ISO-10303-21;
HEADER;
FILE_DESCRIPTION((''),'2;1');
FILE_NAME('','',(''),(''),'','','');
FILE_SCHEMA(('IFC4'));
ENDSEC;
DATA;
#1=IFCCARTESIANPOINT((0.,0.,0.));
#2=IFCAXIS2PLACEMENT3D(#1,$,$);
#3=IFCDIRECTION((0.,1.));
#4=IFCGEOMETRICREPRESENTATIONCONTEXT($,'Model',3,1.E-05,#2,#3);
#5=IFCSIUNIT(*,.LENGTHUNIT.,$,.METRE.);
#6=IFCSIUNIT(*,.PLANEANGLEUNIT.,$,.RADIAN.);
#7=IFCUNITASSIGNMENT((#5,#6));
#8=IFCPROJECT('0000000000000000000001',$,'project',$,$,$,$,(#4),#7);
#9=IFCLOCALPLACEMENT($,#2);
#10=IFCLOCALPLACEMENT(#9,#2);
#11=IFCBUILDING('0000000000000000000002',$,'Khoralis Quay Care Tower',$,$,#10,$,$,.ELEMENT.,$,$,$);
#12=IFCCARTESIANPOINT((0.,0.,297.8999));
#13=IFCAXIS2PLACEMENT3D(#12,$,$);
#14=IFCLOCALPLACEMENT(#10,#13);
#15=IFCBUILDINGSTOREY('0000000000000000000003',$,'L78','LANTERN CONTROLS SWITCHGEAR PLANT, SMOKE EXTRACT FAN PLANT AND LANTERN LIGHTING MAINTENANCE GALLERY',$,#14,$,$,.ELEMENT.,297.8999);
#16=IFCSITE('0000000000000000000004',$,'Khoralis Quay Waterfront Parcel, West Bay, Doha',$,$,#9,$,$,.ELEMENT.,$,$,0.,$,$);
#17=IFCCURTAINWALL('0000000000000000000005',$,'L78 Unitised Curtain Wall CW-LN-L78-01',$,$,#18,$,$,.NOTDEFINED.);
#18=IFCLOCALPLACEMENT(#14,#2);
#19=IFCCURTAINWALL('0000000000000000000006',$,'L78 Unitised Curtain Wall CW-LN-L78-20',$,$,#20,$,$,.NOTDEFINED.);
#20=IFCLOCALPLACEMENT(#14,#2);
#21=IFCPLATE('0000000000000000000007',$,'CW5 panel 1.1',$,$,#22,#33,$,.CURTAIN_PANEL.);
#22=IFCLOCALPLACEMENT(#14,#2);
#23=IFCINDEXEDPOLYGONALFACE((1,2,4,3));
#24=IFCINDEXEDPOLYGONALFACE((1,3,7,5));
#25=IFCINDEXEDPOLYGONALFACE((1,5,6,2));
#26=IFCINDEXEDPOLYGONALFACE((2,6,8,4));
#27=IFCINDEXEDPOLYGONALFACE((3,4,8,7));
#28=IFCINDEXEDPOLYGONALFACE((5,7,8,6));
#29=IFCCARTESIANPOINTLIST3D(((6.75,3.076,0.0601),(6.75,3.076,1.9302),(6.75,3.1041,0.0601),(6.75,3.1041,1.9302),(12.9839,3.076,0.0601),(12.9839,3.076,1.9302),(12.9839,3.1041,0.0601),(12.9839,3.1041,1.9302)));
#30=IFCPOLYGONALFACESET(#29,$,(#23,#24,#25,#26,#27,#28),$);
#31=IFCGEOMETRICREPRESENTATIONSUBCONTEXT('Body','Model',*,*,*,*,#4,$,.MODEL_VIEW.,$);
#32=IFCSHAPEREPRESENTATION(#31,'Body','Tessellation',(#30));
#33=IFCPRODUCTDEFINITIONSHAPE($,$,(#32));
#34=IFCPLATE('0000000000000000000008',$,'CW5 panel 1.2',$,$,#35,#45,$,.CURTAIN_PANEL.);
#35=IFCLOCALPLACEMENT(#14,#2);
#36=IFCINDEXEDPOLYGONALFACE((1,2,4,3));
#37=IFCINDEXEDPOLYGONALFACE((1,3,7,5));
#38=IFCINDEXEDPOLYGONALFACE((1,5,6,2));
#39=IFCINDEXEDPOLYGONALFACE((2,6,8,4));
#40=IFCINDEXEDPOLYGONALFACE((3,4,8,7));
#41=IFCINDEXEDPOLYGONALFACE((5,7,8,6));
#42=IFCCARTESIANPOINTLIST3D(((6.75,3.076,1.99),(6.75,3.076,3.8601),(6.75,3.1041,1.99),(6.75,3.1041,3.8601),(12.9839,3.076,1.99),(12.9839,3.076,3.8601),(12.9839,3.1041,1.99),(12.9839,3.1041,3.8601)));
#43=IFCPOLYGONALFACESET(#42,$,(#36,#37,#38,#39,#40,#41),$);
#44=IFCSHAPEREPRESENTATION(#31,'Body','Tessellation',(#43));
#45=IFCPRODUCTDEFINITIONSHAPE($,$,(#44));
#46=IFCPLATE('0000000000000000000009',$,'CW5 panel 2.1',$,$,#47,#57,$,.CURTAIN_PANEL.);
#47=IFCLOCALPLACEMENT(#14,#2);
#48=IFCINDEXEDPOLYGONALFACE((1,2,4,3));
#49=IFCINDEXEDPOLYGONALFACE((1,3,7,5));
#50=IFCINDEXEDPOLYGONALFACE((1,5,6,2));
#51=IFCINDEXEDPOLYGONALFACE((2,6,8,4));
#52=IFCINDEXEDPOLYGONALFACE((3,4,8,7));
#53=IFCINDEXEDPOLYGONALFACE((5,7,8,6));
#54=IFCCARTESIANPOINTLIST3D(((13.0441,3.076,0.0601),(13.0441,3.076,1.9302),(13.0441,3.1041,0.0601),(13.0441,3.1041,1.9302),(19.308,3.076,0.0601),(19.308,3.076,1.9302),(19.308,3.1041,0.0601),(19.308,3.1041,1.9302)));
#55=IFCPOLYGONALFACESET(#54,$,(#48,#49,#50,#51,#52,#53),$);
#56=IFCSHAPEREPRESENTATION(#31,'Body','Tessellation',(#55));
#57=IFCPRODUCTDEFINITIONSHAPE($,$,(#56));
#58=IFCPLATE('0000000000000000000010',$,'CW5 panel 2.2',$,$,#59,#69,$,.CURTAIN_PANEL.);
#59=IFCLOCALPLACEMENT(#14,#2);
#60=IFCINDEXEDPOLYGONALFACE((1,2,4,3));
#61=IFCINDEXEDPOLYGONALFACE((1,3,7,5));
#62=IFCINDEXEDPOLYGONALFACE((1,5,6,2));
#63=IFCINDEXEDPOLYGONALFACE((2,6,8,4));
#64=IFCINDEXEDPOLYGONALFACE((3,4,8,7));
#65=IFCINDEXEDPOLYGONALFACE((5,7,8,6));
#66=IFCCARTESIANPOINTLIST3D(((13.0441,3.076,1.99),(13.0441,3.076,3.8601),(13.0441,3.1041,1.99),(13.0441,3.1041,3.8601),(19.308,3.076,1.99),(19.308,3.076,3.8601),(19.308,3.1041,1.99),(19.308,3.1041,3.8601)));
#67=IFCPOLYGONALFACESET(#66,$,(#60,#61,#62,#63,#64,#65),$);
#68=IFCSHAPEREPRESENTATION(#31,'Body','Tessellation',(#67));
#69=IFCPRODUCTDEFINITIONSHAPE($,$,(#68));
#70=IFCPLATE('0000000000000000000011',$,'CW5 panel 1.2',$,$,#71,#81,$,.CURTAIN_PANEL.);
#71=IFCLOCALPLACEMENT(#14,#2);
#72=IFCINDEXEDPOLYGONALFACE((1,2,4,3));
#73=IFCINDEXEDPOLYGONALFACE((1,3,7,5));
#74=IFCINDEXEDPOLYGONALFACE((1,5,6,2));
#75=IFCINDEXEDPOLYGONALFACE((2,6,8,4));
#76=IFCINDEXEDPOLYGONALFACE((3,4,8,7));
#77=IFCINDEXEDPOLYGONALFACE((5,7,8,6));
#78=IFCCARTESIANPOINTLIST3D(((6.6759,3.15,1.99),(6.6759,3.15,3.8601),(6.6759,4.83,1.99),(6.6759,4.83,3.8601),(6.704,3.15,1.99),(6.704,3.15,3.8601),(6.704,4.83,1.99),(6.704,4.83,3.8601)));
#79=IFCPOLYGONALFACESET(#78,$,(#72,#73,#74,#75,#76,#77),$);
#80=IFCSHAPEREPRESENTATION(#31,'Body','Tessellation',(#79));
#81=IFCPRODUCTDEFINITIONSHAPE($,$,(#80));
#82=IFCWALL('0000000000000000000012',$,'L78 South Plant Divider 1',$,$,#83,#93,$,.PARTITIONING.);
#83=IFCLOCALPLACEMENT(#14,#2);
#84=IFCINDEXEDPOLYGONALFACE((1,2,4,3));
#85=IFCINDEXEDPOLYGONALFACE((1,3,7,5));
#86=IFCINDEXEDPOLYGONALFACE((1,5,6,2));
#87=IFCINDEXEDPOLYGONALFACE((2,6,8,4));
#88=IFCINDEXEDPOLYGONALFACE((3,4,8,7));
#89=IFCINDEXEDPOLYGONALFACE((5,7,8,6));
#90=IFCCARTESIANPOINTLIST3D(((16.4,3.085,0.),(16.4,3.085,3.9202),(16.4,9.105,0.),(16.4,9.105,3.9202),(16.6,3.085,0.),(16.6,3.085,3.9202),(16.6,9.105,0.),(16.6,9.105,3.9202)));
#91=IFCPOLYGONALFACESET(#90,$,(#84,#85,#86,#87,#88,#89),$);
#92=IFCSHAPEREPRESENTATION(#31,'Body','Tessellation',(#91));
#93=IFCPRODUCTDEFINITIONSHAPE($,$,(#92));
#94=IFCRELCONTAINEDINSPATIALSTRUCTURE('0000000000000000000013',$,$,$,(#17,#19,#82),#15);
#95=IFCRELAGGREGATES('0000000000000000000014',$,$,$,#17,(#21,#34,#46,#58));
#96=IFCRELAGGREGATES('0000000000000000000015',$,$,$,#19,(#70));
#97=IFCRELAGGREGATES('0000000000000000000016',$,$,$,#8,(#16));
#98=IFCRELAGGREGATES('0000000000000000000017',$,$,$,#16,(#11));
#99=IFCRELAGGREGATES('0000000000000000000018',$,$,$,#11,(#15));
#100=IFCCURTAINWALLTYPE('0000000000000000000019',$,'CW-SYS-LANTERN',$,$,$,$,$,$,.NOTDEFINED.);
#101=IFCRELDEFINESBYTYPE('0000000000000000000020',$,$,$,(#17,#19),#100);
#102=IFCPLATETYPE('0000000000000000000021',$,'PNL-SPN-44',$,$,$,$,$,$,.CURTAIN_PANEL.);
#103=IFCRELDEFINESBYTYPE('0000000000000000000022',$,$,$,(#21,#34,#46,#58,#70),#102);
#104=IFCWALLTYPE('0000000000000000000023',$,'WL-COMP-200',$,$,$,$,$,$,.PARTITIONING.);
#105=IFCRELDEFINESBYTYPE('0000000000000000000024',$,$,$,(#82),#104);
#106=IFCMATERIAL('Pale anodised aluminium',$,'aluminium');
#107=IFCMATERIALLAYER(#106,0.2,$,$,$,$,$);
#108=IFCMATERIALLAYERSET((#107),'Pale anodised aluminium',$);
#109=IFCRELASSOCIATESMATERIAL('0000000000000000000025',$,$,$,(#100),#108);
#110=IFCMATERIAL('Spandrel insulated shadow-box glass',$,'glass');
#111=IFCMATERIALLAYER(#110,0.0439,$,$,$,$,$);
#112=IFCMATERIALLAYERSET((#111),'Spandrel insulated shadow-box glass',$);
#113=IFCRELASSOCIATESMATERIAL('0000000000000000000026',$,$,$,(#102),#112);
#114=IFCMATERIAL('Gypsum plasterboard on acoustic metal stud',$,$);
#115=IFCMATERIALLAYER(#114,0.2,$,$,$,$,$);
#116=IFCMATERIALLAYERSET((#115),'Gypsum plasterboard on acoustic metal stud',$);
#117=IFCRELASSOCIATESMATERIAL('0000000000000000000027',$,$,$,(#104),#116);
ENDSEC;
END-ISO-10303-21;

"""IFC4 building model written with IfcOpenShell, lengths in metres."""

from ifc_helpers import new_model, si_unit, direction, frame, frame_2d, origin, origin_2d, place, context, subcontext, project, spatial, rectangle, extrude, source, transform, mapped, material, layer, layer_set, type_object, element, aggregate, save


model = new_model("IFC4")

# Units and contexts
model_context = context("Model", 3, precision=1e-05, world=origin(), true_north=direction((0.0, 1.0)))
body_context = subcontext(model_context, "Body", "Model", "MODEL_VIEW")
ifc_project = project(units=[si_unit("LENGTHUNIT", "METRE"), si_unit("PLANEANGLEUNIT", "RADIAN")], contexts=[model_context])

# Site, building, storey
site_placement = place(None, origin())
site = spatial("IfcSite", under=ifc_project, at=site_placement, Name="Khoralis Quay Waterfront Parcel, West Bay, Doha", CompositionType="ELEMENT", RefElevation=0.0)
building_placement = place(site_placement, origin())
building = spatial("IfcBuilding", under=site, at=building_placement, Name="Khoralis Quay Care Tower", CompositionType="ELEMENT")
storey_placement = place(building_placement, frame((0.0, 0.0, 297.8999)))
storey = spatial("IfcBuildingStorey", under=building, at=storey_placement, Name="L78", Description="LANTERN CONTROLS SWITCHGEAR PLANT, SMOKE EXTRACT FAN PLANT AND LANTERN LIGHTING MAINTENANCE GALLERY", CompositionType="ELEMENT", Elevation=297.8999)

# Curtain wall
ifc_material_1 = material(Name="Pale anodised aluminium", Category="aluminium")
ifc_layer_1 = layer(ifc_material_1, 0.2)
ifc_layer_set_1 = layer_set([ifc_layer_1], Name="Pale anodised aluminium")
curtain_wall_type = type_object("IfcCurtainWallType", Name="CW-SYS-LANTERN", PredefinedType="NOTDEFINED", material=ifc_layer_set_1)
curtain_wall_1_placement = place(storey_placement, origin())
curtain_wall_1 = element("IfcCurtainWall", 1, at=curtain_wall_1_placement, inside=storey, type_object=curtain_wall_type, Name="L78 Unitised Curtain Wall CW-LN-L78-01", PredefinedType="NOTDEFINED")

# Curtain wall
curtain_wall_2_placement = place(storey_placement, origin())
curtain_wall_2 = element("IfcCurtainWall", 2, at=curtain_wall_2_placement, inside=storey, type_object=curtain_wall_type, Name="L78 Unitised Curtain Wall CW-LN-L78-20", PredefinedType="NOTDEFINED")

# Plates
ifc_material_2 = material(Name="Spandrel insulated shadow-box glass", Category="glass")
ifc_layer_2 = layer(ifc_material_2, 0.0439)
ifc_layer_set_2 = layer_set([ifc_layer_2], Name="Spandrel insulated shadow-box glass")
plate_type = type_object("IfcPlateType", Name="PNL-SPN-44", PredefinedType="CURTAIN_PANEL", material=ifc_layer_set_2)
shared_shape_1 = source(origin(), body_context, "Body", "SweptSolid", [
    extrude(rectangle(XDim=6.2339, YDim=0.0281, at=origin_2d()), origin(), (0.0, 0.0, 1.0), 1.8701),
])
plate_1_placement = place(storey_placement, frame((9.8669, 3.0901, 0.0601), z_axis=(0.0, 0.0, 1.0), x_axis=(1.0, 0.0, 0.0)))
plate_1 = element("IfcPlate", 3, at=plate_1_placement, type_object=plate_type, Name="CW5 panel 1.1", PredefinedType="CURTAIN_PANEL", context=body_context, shape_type="MappedRepresentation", body=[
    mapped(shared_shape_1, transform((0.0, 0.0, 0.0), scale=1.0)),
])
plate_2_placement = place(storey_placement, frame((9.8669, 3.0901, 1.99), z_axis=(0.0, 0.0, 1.0), x_axis=(1.0, 0.0, 0.0)))
plate_2 = element("IfcPlate", 4, at=plate_2_placement, type_object=plate_type, Name="CW5 panel 1.2", PredefinedType="CURTAIN_PANEL", context=body_context, shape_type="MappedRepresentation", body=[
    mapped(shared_shape_1, transform((0.0, 0.0, 0.0), scale=1.0)),
])
shared_shape_2 = source(origin(), body_context, "Body", "SweptSolid", [
    extrude(rectangle(XDim=6.2639, YDim=0.0281, at=origin_2d()), origin(), (0.0, 0.0, 1.0), 1.8701),
])
plate_3_placement = place(storey_placement, frame((16.176, 3.0901, 0.0601), z_axis=(0.0, 0.0, 1.0), x_axis=(1.0, 0.0, 0.0)))
plate_3 = element("IfcPlate", 5, at=plate_3_placement, type_object=plate_type, Name="CW5 panel 2.1", PredefinedType="CURTAIN_PANEL", context=body_context, shape_type="MappedRepresentation", body=[
    mapped(shared_shape_2, transform((0.0, 0.0, 0.0), scale=1.0)),
])
plate_4_placement = place(storey_placement, frame((16.176, 3.0901, 1.99), z_axis=(0.0, 0.0, 1.0), x_axis=(1.0, 0.0, 0.0)))
plate_4 = element("IfcPlate", 6, at=plate_4_placement, type_object=plate_type, Name="CW5 panel 2.2", PredefinedType="CURTAIN_PANEL", context=body_context, shape_type="MappedRepresentation", body=[
    mapped(shared_shape_2, transform((0.0, 0.0, 0.0), scale=1.0)),
])
aggregate(curtain_wall_1, [plate_1, plate_2, plate_3, plate_4])
shared_shape_3 = source(origin(), body_context, "Body", "SweptSolid", [
    extrude(rectangle(XDim=1.6799, YDim=0.0281, at=origin_2d()), origin(), (0.0, 0.0, 1.0), 1.8701),
])
plate_5_placement = place(storey_placement, frame((6.6899, 3.99, 1.99), z_axis=(0.0, 0.0, 1.0), x_axis=(0.0, -1.0, 0.0)))
plate_5 = element("IfcPlate", 7, at=plate_5_placement, type_object=plate_type, Name="CW5 panel 1.2", PredefinedType="CURTAIN_PANEL", context=body_context, shape_type="MappedRepresentation", body=[
    mapped(shared_shape_3, transform((0.0, 0.0, 0.0), scale=1.0)),
])
aggregate(curtain_wall_2, [plate_5])

# Wall
ifc_material_3 = material(Name="Gypsum plasterboard on acoustic metal stud")
ifc_layer_3 = layer(ifc_material_3, 0.2)
ifc_layer_set_3 = layer_set([ifc_layer_3], Name="Gypsum plasterboard on acoustic metal stud")
wall_type = type_object("IfcWallType", Name="WL-COMP-200", PredefinedType="PARTITIONING", material=ifc_layer_set_3)
wall_placement = place(storey_placement, frame((16.5, 3.085, 0.0), z_axis=(0.0, 0.0, 1.0), x_axis=(0.0, 1.0, 0.0)))
element("IfcWall", 8, at=wall_placement, inside=storey, type_object=wall_type, Name="L78 South Plant Divider 1", PredefinedType="PARTITIONING", context=body_context, shape_type="SweptSolid", body=[
    extrude(rectangle(XDim=6.02, YDim=0.2, at=frame_2d((3.01, 0.0))), origin(), (0.0, 0.0, 1.0), 3.9202),
])

save(model, "model.ifc")
